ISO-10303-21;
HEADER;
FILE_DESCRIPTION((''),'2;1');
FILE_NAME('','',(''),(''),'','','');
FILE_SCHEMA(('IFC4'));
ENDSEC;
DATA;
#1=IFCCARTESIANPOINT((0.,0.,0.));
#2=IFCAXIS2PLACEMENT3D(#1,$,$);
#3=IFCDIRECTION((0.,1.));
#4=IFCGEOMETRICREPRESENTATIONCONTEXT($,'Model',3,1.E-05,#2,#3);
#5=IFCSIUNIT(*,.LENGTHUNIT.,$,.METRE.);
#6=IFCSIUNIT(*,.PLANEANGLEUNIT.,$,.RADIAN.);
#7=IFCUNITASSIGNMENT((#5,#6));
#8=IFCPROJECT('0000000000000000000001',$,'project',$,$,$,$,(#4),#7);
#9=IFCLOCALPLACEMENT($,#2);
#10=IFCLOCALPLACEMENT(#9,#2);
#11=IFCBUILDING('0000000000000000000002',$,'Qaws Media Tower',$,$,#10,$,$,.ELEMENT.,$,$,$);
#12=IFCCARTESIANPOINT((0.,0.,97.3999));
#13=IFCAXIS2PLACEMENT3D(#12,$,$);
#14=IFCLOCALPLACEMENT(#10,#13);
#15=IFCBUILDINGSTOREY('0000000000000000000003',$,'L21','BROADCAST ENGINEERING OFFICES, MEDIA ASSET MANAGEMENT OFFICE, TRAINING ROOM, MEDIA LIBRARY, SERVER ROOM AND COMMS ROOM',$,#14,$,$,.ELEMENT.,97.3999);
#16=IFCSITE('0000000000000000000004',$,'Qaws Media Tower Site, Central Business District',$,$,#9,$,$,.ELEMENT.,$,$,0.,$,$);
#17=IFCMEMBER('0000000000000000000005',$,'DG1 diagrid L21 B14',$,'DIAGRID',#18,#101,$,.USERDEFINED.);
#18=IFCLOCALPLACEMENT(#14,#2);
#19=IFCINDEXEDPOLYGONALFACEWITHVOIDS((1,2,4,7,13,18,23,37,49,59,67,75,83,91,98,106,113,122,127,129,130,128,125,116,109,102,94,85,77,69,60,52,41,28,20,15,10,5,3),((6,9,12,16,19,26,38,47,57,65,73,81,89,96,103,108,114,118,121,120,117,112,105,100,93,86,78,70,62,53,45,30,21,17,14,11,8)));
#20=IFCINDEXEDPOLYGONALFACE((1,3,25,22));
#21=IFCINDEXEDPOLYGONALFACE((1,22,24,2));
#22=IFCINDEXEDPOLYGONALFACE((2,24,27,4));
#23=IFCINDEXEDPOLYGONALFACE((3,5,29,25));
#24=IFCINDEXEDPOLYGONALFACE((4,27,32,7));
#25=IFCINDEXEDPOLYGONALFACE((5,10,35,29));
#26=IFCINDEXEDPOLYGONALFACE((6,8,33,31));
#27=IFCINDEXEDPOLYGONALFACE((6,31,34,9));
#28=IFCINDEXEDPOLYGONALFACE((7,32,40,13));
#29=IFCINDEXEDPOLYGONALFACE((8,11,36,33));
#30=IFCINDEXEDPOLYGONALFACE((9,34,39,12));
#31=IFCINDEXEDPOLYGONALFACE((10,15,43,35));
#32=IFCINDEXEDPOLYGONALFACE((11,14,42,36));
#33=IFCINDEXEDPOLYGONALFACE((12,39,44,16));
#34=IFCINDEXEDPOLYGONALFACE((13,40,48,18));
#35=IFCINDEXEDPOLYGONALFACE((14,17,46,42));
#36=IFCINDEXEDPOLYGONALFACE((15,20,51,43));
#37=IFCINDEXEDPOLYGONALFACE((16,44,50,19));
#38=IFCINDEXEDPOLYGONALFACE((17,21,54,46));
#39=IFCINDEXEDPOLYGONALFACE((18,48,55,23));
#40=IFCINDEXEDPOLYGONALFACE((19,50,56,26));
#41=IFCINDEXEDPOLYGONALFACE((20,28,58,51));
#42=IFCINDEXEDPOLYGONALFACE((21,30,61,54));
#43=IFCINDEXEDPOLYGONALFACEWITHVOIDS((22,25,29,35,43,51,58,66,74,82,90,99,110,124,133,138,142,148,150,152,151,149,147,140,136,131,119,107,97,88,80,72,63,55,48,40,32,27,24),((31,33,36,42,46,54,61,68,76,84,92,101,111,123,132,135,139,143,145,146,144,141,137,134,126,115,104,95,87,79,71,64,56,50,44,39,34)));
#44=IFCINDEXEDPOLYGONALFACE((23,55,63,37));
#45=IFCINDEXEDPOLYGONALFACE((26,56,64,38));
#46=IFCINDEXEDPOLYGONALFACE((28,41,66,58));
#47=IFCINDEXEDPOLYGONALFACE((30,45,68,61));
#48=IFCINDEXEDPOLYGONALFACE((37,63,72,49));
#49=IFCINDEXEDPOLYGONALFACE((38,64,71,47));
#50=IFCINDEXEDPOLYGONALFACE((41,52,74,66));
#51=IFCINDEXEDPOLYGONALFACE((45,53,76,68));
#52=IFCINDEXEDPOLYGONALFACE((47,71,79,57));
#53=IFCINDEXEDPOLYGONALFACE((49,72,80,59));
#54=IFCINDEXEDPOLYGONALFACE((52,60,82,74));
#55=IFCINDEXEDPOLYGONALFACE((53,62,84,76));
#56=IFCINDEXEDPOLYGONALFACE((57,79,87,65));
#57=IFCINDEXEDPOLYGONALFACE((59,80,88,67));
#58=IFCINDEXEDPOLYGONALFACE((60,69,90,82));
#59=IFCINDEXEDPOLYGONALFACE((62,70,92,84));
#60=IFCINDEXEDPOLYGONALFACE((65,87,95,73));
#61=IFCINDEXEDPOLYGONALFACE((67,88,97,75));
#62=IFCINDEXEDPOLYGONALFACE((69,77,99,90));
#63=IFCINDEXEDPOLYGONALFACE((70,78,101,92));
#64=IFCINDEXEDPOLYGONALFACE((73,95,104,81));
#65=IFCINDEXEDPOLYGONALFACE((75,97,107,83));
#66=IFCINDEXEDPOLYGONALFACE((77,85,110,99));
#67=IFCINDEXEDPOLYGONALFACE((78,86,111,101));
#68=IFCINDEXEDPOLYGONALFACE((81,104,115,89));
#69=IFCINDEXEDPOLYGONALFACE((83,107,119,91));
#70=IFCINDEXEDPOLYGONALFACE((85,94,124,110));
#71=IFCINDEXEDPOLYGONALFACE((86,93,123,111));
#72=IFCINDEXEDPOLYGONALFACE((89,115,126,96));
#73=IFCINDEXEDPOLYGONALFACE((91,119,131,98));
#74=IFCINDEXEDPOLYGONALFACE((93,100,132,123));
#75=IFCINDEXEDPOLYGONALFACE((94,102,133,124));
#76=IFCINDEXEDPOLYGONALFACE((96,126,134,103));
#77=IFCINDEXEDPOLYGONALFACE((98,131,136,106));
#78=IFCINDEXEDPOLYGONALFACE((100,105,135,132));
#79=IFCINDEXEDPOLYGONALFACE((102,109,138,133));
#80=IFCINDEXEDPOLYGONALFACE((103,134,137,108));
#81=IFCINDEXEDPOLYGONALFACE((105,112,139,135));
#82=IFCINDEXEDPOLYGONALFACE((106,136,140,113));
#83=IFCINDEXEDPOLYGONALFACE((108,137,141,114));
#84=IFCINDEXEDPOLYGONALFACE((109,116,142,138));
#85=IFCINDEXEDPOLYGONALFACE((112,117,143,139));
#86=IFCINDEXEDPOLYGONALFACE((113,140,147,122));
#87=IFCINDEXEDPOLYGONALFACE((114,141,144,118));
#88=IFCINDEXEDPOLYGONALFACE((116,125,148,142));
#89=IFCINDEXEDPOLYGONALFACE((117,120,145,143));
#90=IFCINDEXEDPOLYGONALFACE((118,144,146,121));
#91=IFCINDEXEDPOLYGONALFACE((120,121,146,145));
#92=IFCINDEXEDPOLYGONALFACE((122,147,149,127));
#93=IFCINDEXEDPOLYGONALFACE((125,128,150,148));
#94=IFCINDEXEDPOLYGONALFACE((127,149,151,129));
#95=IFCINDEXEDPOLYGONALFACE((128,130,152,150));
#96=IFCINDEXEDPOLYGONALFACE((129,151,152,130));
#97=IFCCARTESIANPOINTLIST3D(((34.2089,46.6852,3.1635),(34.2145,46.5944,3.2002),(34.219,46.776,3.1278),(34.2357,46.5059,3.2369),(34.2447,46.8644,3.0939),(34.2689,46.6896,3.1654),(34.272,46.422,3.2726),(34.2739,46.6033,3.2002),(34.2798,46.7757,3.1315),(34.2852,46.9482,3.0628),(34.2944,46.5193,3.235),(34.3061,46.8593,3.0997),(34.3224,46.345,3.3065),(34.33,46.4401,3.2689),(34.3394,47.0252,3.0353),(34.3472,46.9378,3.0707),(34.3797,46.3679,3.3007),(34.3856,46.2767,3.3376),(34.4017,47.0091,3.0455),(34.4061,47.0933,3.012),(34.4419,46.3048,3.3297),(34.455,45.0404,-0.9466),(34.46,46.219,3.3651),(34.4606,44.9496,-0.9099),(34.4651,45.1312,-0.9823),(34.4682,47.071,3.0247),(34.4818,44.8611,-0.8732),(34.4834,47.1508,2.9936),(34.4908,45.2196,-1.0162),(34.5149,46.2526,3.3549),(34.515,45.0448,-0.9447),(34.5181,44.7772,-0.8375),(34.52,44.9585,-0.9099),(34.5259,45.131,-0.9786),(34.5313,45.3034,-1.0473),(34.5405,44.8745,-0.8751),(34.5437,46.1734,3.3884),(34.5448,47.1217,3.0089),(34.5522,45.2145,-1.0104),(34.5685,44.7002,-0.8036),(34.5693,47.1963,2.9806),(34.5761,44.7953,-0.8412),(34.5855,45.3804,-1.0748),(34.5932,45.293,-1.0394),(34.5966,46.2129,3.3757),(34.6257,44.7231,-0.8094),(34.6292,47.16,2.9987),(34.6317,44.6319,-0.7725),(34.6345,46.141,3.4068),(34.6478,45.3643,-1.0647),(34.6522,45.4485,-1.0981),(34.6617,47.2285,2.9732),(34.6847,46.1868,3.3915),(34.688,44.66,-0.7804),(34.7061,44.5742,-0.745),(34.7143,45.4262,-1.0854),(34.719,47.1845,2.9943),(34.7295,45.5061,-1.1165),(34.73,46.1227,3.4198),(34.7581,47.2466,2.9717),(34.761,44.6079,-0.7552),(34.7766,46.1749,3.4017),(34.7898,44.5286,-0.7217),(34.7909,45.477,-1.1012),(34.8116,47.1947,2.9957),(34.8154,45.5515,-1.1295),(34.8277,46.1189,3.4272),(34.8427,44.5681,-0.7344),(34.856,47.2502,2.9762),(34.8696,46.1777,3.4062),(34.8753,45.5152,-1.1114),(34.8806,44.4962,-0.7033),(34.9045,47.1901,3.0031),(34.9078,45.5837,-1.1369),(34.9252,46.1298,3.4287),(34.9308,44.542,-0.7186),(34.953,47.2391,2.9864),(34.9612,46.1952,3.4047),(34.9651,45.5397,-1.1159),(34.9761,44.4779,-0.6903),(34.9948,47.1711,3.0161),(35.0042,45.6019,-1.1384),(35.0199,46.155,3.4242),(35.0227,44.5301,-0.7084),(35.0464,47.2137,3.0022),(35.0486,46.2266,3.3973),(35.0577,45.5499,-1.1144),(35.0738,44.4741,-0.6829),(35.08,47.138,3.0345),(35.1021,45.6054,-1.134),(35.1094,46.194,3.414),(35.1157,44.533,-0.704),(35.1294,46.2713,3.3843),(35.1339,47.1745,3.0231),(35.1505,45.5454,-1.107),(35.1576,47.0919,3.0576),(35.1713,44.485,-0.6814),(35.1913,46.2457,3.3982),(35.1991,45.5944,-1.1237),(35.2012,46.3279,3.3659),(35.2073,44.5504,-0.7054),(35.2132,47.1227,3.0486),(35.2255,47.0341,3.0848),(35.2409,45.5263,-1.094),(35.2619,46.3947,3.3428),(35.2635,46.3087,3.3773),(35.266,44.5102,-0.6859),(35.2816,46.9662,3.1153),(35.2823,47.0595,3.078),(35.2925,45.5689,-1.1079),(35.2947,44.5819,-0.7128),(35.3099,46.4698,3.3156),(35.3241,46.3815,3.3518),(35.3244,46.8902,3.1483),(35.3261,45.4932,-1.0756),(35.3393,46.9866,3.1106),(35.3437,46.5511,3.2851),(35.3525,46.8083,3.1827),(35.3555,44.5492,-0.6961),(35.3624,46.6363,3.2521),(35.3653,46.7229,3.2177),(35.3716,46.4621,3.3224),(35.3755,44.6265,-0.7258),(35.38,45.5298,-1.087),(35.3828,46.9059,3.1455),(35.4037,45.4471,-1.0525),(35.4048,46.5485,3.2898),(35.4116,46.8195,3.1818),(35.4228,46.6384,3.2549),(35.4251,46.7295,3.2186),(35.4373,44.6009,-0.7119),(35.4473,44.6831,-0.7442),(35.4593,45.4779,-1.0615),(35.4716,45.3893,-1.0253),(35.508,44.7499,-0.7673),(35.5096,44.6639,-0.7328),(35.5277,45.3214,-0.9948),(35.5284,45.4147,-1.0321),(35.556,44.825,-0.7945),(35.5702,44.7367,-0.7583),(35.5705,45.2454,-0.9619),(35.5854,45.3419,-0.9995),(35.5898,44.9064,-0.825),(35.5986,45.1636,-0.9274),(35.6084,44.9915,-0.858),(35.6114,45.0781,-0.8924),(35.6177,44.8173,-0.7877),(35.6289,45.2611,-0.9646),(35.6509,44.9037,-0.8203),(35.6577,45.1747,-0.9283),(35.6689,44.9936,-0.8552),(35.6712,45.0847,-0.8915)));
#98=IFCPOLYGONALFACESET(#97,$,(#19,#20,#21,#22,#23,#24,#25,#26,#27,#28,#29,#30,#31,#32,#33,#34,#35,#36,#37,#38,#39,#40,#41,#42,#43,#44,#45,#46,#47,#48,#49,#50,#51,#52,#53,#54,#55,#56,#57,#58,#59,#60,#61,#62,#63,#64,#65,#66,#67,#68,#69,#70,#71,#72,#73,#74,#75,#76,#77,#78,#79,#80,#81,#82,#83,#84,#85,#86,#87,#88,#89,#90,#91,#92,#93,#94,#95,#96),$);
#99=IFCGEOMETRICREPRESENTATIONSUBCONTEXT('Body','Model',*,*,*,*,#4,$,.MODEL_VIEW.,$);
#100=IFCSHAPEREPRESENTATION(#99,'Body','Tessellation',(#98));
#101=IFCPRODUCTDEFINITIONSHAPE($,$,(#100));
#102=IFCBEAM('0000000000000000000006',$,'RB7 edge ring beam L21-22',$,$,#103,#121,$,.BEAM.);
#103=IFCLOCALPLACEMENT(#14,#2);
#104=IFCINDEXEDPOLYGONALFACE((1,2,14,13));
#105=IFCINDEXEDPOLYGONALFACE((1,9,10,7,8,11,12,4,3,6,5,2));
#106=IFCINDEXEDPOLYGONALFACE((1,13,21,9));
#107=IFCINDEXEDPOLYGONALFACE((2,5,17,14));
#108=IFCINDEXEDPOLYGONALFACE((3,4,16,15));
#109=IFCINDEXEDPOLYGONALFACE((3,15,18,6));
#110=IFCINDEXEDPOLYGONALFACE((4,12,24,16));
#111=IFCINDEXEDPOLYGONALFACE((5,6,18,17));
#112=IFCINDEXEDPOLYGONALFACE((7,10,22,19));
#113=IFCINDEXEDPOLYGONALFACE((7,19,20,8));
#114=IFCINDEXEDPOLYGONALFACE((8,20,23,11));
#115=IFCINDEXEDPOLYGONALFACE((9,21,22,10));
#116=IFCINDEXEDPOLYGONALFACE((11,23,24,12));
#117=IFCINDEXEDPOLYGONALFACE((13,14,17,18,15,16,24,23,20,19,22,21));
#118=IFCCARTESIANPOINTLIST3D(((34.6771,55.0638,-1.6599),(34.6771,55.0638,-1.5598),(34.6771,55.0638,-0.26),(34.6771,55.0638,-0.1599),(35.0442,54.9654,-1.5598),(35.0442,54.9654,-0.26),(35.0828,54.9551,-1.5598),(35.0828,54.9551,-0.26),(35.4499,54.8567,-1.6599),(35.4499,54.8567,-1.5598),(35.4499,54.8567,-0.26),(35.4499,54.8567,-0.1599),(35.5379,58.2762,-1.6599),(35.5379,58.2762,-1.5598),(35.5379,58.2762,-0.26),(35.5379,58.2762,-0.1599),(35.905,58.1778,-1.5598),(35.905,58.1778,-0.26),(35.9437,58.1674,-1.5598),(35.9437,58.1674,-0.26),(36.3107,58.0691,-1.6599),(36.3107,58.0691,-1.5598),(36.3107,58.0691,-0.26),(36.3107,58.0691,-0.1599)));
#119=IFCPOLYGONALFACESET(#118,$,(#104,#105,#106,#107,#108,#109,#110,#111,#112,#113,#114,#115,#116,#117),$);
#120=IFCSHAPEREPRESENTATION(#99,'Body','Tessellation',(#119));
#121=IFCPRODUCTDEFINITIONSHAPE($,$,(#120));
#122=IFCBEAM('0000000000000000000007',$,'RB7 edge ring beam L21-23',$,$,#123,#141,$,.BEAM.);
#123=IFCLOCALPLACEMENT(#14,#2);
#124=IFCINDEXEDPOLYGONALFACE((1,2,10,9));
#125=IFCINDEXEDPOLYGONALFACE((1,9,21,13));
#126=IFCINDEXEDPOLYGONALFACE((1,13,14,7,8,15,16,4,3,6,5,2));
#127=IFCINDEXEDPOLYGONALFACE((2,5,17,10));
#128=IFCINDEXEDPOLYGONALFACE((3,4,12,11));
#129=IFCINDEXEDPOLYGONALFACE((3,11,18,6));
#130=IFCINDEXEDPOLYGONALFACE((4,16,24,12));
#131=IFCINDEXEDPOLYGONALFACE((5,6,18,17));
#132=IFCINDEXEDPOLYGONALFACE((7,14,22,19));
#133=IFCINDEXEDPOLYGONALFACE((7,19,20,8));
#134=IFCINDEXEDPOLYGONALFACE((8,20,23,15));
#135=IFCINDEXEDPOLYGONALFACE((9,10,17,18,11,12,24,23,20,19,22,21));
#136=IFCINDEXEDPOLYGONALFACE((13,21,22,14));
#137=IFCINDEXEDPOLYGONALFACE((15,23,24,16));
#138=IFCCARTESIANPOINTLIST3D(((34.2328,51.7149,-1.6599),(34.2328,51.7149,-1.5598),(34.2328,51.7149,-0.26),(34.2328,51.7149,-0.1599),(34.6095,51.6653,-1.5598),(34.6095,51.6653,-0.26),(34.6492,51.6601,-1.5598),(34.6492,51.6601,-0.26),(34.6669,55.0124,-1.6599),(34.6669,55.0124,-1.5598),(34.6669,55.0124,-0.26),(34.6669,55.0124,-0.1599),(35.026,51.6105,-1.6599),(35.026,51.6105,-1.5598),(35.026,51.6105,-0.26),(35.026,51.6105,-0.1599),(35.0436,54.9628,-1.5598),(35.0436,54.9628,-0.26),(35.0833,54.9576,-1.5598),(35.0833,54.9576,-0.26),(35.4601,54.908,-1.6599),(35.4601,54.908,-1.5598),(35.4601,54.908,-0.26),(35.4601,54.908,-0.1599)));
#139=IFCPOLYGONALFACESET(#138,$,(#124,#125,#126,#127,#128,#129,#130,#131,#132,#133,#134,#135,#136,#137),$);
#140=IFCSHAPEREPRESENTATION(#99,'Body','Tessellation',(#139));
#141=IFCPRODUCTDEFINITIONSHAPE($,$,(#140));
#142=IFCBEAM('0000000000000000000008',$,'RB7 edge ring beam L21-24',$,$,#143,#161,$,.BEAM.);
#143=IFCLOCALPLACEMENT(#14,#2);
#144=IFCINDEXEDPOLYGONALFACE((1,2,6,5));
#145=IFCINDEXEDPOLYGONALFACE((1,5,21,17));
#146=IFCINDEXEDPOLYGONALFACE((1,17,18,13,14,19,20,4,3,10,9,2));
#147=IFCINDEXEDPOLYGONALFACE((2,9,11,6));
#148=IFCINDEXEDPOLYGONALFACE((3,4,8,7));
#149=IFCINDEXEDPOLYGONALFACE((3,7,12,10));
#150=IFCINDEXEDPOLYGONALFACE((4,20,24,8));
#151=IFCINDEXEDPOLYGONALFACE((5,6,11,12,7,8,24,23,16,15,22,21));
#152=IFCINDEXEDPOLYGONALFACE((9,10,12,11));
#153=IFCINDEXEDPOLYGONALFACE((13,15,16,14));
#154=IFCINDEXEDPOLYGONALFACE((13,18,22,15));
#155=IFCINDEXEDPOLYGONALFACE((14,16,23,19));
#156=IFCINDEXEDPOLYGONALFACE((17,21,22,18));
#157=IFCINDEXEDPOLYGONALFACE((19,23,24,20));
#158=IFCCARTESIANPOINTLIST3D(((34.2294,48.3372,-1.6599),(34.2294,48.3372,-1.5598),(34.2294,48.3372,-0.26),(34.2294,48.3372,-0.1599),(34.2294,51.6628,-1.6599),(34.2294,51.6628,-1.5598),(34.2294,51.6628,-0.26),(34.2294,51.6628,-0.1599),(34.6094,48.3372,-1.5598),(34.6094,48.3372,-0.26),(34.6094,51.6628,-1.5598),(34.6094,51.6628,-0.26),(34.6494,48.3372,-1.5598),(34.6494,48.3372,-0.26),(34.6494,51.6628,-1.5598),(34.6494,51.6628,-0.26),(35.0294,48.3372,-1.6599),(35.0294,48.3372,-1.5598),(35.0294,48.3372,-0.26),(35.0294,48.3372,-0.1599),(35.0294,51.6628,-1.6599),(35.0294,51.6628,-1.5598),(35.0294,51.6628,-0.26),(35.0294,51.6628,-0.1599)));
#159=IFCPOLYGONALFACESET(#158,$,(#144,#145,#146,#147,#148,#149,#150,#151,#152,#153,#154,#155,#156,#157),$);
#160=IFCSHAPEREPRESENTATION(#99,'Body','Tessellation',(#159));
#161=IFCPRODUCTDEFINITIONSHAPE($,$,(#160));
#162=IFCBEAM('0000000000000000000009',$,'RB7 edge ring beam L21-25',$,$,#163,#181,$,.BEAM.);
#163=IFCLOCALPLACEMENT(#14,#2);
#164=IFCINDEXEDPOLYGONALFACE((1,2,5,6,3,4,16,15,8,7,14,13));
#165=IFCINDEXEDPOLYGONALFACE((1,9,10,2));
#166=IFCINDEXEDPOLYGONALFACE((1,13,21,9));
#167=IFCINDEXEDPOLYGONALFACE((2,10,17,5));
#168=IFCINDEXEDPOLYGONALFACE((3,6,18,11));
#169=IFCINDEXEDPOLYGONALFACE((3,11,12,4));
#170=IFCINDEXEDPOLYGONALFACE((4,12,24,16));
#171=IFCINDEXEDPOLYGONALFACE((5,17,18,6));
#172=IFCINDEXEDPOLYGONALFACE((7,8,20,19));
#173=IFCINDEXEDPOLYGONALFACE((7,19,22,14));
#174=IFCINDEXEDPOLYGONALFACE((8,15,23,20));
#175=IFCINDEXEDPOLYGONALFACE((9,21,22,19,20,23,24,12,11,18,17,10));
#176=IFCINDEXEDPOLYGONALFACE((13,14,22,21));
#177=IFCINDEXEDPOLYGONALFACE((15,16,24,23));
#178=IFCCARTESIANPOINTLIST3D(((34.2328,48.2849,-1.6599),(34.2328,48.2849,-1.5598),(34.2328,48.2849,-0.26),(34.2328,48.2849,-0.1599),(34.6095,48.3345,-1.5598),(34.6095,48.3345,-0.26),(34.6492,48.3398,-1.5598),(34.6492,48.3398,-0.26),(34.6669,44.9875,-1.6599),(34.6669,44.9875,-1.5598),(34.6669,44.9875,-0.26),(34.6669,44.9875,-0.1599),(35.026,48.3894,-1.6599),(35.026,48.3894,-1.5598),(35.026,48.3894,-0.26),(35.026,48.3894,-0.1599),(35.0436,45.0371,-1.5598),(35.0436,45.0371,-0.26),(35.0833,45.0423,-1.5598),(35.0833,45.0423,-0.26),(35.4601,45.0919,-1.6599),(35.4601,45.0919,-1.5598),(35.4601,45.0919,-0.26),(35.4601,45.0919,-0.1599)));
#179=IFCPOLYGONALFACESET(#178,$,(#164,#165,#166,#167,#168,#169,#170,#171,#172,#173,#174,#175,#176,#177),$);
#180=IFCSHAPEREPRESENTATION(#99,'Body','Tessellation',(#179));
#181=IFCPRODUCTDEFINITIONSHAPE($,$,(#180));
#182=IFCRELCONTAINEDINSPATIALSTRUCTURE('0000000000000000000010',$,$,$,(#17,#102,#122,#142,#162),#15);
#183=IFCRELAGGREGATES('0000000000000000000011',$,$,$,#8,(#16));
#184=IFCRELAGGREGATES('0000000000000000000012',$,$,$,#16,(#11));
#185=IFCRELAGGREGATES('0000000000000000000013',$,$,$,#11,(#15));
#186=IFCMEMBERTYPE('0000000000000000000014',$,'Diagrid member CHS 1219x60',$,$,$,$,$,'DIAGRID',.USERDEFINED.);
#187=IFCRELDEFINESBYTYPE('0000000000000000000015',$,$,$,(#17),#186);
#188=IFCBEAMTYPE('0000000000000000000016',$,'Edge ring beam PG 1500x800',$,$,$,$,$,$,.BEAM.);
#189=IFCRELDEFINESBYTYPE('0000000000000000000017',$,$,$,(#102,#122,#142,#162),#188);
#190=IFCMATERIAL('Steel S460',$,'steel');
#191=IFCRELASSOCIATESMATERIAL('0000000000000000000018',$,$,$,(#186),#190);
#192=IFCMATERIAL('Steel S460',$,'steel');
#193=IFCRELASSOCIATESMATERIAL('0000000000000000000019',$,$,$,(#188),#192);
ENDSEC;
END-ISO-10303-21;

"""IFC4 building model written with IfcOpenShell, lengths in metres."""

from ifc_helpers import new_model, si_unit, direction, frame, origin, origin_2d, place, context, subcontext, project, spatial, hollow_circle, i_section, extrude, material, material_profile, profile_set, type_object, element, save


model = new_model("IFC4")

# Units and contexts
model_context = context("Model", 3, precision=1e-05, world=origin(), true_north=direction((0.0, 1.0)))
body_context = subcontext(model_context, "Body", "Model", "MODEL_VIEW")
ifc_project = project(units=[si_unit("LENGTHUNIT", "METRE"), si_unit("PLANEANGLEUNIT", "RADIAN")], contexts=[model_context])

# Site, building, storey
site_placement = place(None, origin())
site = spatial("IfcSite", under=ifc_project, at=site_placement, Name="Qaws Media Tower Site, Central Business District", CompositionType="ELEMENT", RefElevation=0.0)
building_placement = place(site_placement, origin())
building = spatial("IfcBuilding", under=site, at=building_placement, Name="Qaws Media Tower", CompositionType="ELEMENT")
storey_placement = place(building_placement, frame((0.0, 0.0, 97.3999)))
storey = spatial("IfcBuildingStorey", under=building, at=storey_placement, Name="L21", Description="BROADCAST ENGINEERING OFFICES, MEDIA ASSET MANAGEMENT OFFICE, TRAINING ROOM, MEDIA LIBRARY, SERVER ROOM AND COMMS ROOM", CompositionType="ELEMENT", Elevation=97.3999)

# Member
ifc_material_1 = material(Name="Steel S460", Category="steel")
ifc_material_profile_1 = material_profile(ifc_material_1, hollow_circle(Radius=0.6096, WallThickness=0.0601, at=origin_2d()), Name="CHS 1219x60")
ifc_profile_set_1 = profile_set([ifc_material_profile_1], Name="Steel S460")
member_type_1 = type_object("IfcMemberType", Name="Diagrid member CHS 1219x60", ElementType="DIAGRID", PredefinedType="USERDEFINED", material=ifc_profile_set_1)
for number, where, z_axis, x_axis, name in (
    (1, (35.0635, 45.0398, -0.9099), (-0.055504, 0.370961, 0.926988), (-0.988991, -0.147974, 0.0), "DG1 diagrid L21 B14"),
):
    element("IfcMember", number, at=place(storey_placement, frame(where, z_axis=z_axis, x_axis=x_axis)), inside=storey, type_object=member_type_1, Name=name, ObjectType="DIAGRID", PredefinedType="USERDEFINED", context=body_context, shape_type="SweptSolid", body=[
        extrude(hollow_circle(Radius=0.6096, WallThickness=0.0601, at=origin_2d()), origin(), (0.0, 0.0, 1.0), 4.4338),
    ])

# Beams
ifc_material_2 = material(Name="Steel S460", Category="steel")
ifc_material_profile_2 = material_profile(ifc_material_2, i_section(OverallWidth=0.8, OverallDepth=1.5, WebThickness=0.04, FlangeThickness=0.1001, at=origin_2d()), Name="PG 1500x800")
ifc_profile_set_2 = profile_set([ifc_material_profile_2], Name="Steel S460")
beam_type = type_object("IfcBeamType", Name="Edge ring beam PG 1500x800", PredefinedType="BEAM", material=ifc_profile_set_2)
beam_1_placement = place(storey_placement, frame((35.9243, 58.1726, -0.9099), z_axis=(-0.258841, -0.96592, 0.0), x_axis=(0.96592, -0.258841, 0.0)))
element("IfcBeam", 2, at=beam_1_placement, inside=storey, type_object=beam_type, Name="RB7 edge ring beam L21-22", PredefinedType="BEAM", context=body_context, shape_type="SweptSolid", body=[
    extrude(i_section(OverallWidth=0.8, OverallDepth=1.5, WebThickness=0.04, FlangeThickness=0.1001, at=origin_2d()), origin(), (0.0, 0.0, 1.0), 3.3257),
])
beam_2_placement = place(storey_placement, frame((35.0635, 54.9602, -0.9099), z_axis=(-0.130519, -0.991446, 0.0), x_axis=(0.991446, -0.130519, 0.0)))
element("IfcBeam", 3, at=beam_2_placement, inside=storey, type_object=beam_type, Name="RB7 edge ring beam L21-23", PredefinedType="BEAM", context=body_context, shape_type="SweptSolid", body=[
    extrude(i_section(OverallWidth=0.8, OverallDepth=1.5, WebThickness=0.04, FlangeThickness=0.1001, at=origin_2d()), origin(), (0.0, 0.0, 1.0), 3.3259),
])
beam_3_placement = place(storey_placement, frame((34.6294, 51.6628, -0.9099), z_axis=(0.0, -1.0, 0.0), x_axis=(1.0, 0.0, 0.0)))
element("IfcBeam", 4, at=beam_3_placement, inside=storey, type_object=beam_type, Name="RB7 edge ring beam L21-24", PredefinedType="BEAM", context=body_context, shape_type="SweptSolid", body=[
    extrude(i_section(OverallWidth=0.8, OverallDepth=1.5, WebThickness=0.04, FlangeThickness=0.1001, at=origin_2d()), origin(), (0.0, 0.0, 1.0), 3.3257),
])
beam_4_placement = place(storey_placement, frame((34.6294, 48.3372, -0.9099), z_axis=(0.130519, -0.991446, 0.0), x_axis=(0.991446, 0.130519, 0.0)))
element("IfcBeam", 5, at=beam_4_placement, inside=storey, type_object=beam_type, Name="RB7 edge ring beam L21-25", PredefinedType="BEAM", context=body_context, shape_type="SweptSolid", body=[
    extrude(i_section(OverallWidth=0.8, OverallDepth=1.5, WebThickness=0.04, FlangeThickness=0.1001, at=origin_2d()), origin(), (0.0, 0.0, 1.0), 3.3259),
])

save(model, "model.ifc")
